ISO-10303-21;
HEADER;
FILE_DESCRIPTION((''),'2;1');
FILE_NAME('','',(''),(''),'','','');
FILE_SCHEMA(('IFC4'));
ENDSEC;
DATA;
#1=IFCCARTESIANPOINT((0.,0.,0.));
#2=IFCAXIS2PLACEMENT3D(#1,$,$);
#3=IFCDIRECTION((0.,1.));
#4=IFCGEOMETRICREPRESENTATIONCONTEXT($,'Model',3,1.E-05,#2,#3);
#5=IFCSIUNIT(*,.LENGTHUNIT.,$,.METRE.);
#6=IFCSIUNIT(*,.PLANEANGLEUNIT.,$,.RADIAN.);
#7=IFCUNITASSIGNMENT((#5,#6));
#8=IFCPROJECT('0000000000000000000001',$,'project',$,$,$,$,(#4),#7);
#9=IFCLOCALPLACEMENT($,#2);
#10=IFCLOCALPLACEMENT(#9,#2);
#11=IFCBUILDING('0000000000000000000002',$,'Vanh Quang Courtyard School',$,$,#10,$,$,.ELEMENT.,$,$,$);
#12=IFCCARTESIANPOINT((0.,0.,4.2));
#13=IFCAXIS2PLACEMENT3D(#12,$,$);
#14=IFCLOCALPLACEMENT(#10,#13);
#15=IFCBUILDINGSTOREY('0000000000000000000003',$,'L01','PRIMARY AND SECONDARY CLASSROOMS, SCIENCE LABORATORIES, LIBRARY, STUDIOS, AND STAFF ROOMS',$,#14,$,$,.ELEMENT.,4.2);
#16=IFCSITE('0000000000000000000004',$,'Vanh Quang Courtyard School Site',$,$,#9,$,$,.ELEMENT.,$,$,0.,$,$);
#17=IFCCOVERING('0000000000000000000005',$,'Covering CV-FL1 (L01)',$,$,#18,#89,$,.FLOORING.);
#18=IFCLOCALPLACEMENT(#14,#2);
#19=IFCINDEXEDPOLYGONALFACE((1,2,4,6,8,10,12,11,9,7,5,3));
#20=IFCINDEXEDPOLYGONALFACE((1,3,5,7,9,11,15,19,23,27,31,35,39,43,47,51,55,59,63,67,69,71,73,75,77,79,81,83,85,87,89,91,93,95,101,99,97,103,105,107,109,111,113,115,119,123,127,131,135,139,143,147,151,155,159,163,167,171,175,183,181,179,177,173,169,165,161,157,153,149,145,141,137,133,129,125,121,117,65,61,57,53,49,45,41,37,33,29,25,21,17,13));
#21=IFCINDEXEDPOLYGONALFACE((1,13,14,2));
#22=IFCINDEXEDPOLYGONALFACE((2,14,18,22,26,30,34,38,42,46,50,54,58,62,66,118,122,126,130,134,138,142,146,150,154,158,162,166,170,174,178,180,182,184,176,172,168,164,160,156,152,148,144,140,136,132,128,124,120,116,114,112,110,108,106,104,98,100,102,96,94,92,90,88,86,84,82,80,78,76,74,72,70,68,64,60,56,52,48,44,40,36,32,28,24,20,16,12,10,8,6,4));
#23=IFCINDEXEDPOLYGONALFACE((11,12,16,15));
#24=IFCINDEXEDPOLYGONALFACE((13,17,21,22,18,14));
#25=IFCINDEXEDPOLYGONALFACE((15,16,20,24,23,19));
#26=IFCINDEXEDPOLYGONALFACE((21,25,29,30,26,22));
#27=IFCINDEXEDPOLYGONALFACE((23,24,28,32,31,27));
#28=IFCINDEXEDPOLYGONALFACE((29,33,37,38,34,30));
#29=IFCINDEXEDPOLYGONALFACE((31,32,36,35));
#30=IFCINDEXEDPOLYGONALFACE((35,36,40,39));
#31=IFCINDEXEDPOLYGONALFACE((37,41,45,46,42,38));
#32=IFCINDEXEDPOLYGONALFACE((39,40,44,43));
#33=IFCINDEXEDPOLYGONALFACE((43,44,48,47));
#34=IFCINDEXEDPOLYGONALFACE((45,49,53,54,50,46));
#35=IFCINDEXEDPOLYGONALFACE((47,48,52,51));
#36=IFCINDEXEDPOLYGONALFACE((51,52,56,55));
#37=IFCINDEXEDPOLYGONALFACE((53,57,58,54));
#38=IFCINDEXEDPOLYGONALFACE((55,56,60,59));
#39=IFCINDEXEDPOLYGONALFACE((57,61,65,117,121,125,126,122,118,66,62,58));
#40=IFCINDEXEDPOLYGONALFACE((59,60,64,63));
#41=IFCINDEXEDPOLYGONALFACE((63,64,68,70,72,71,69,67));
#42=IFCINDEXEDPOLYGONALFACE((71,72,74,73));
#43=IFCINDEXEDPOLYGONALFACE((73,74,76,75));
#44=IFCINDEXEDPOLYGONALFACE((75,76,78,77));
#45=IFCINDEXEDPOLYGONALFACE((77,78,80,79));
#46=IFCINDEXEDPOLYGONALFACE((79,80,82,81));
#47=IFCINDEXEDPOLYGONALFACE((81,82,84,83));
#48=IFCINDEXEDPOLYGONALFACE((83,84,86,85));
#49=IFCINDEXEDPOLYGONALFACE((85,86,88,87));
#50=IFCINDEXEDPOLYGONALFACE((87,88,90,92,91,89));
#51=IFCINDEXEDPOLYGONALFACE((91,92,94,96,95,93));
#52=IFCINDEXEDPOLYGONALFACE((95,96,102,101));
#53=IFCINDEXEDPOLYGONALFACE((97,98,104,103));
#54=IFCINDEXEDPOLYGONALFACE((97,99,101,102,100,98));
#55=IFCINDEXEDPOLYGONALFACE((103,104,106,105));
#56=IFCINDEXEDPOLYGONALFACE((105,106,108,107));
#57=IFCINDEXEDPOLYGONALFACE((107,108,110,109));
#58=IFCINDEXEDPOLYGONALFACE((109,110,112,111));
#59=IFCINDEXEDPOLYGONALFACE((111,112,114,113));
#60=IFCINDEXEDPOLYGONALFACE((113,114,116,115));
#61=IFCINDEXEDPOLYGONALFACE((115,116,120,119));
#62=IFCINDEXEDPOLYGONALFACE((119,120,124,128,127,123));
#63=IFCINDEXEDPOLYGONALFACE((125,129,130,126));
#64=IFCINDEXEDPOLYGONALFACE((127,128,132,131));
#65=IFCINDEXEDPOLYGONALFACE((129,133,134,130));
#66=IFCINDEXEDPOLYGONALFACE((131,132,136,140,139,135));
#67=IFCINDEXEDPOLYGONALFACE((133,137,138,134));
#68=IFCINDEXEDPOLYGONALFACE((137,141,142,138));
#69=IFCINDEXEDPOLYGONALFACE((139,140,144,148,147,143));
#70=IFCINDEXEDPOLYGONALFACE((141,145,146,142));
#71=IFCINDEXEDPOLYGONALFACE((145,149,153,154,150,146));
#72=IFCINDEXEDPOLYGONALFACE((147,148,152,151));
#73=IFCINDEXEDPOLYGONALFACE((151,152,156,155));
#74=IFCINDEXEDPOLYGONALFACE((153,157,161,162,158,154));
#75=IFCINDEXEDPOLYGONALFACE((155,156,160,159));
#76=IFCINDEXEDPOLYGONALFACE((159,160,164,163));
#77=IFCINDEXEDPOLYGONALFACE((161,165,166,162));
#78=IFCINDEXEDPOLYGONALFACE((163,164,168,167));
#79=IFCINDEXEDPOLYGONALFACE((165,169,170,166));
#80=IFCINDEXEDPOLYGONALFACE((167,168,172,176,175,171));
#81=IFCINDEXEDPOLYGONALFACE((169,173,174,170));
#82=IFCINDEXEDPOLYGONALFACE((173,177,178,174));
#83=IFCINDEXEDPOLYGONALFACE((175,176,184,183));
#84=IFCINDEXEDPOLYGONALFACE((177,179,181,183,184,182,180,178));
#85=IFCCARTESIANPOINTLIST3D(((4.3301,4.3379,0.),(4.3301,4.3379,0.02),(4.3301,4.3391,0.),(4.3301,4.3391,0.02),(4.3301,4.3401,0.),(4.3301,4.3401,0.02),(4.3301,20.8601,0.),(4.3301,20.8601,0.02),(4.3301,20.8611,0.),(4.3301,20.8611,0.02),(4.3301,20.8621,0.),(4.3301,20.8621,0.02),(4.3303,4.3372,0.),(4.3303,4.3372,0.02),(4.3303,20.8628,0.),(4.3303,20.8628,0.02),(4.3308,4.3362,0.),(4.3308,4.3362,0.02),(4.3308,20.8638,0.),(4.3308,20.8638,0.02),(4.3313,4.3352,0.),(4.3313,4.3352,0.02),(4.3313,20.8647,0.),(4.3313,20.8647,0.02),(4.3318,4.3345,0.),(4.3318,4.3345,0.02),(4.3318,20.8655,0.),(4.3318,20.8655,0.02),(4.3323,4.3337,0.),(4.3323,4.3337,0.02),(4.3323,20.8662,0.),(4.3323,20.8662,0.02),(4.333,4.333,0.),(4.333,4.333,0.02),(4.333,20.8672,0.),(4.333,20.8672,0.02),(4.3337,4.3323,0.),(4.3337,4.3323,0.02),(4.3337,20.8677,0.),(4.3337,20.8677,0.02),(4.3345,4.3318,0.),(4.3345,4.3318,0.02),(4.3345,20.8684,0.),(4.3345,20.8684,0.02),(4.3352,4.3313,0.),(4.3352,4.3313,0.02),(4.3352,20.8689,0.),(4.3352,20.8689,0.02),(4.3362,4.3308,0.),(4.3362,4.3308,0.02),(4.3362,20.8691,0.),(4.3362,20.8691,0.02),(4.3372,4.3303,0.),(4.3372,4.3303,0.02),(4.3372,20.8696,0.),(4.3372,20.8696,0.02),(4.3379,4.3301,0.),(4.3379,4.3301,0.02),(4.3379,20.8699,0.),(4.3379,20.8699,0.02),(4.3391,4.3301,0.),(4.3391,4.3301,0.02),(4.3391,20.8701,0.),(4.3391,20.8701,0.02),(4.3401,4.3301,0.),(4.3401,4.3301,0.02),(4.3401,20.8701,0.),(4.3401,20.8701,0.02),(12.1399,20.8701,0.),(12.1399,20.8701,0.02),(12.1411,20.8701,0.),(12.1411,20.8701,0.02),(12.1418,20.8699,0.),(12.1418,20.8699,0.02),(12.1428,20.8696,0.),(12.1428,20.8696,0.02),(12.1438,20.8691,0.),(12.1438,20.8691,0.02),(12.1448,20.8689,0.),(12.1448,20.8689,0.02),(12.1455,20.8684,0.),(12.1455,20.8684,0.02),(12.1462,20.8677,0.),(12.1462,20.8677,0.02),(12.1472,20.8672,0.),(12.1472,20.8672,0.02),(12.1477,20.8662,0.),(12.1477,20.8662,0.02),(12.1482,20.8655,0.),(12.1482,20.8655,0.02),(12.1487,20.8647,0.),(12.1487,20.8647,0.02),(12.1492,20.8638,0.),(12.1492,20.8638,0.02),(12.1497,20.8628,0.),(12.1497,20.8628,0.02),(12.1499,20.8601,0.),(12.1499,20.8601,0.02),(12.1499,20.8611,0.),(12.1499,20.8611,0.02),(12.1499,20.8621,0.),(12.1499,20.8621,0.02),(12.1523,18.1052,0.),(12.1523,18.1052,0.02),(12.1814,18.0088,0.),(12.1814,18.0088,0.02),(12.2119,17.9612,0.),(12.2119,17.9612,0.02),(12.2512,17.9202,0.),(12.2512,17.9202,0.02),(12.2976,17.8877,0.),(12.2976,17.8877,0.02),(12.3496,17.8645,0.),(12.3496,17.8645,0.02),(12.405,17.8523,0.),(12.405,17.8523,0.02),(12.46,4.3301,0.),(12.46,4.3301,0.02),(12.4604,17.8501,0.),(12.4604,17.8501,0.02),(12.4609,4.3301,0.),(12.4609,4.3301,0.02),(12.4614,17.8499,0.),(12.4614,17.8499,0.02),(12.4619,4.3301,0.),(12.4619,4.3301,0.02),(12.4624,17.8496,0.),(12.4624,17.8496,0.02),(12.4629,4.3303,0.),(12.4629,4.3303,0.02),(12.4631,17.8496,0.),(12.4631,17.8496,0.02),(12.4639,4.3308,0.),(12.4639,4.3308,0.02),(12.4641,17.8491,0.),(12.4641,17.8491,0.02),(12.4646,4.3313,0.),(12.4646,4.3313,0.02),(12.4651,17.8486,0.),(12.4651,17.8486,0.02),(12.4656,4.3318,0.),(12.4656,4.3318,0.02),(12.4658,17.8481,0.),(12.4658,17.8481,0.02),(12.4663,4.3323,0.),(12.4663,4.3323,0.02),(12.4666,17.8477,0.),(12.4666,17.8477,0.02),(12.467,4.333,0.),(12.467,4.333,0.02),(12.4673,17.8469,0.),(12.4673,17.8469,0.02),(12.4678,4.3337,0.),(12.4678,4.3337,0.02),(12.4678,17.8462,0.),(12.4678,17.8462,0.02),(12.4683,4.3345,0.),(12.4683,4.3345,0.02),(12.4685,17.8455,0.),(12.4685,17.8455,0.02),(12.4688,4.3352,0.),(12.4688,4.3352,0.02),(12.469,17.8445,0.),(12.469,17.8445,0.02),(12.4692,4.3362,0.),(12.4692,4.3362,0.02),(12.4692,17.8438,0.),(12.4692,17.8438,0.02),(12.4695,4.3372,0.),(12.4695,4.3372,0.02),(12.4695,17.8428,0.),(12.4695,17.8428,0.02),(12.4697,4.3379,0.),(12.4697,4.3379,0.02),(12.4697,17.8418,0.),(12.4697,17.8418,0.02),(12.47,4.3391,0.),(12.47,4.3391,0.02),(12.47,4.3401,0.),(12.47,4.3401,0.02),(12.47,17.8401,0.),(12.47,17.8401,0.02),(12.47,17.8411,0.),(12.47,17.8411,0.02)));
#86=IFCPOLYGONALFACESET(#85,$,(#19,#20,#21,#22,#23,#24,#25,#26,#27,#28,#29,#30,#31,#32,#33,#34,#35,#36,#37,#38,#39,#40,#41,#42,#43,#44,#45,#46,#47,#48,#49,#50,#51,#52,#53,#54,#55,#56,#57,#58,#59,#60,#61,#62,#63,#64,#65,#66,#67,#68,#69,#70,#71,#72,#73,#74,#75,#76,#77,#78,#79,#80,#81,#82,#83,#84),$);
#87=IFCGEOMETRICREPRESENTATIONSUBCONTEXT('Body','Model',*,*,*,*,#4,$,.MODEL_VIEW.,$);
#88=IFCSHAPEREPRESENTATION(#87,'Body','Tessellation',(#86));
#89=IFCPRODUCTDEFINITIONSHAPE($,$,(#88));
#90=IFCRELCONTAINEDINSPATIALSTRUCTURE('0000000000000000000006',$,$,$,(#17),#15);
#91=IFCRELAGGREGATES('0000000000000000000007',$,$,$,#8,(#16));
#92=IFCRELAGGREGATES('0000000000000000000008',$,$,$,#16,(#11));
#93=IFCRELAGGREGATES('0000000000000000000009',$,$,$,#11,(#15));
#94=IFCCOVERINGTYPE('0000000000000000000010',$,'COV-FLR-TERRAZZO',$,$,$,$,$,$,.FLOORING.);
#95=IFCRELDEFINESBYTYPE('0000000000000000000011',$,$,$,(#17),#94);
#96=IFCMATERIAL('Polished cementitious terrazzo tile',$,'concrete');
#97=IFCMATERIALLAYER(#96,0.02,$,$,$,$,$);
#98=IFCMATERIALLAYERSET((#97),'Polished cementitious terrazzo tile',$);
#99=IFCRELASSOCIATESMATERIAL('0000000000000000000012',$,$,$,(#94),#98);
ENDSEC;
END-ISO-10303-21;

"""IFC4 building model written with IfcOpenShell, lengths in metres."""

from ifc_helpers import new_model, si_unit, direction, frame, origin, place, context, subcontext, project, spatial, polyline, outline, extrude, material, layer, layer_set, type_object, element, save


model = new_model("IFC4")

# Units and contexts
model_context = context("Model", 3, precision=1e-05, world=origin(), true_north=direction((0.0, 1.0)))
body_context = subcontext(model_context, "Body", "Model", "MODEL_VIEW")
ifc_project = project(units=[si_unit("LENGTHUNIT", "METRE"), si_unit("PLANEANGLEUNIT", "RADIAN")], contexts=[model_context])

# Site, building, storey
site_placement = place(None, origin())
site = spatial("IfcSite", under=ifc_project, at=site_placement, Name="Vanh Quang Courtyard School Site", CompositionType="ELEMENT", RefElevation=0.0)
building_placement = place(site_placement, origin())
building = spatial("IfcBuilding", under=site, at=building_placement, Name="Vanh Quang Courtyard School", CompositionType="ELEMENT")
storey_placement = place(building_placement, frame((0.0, 0.0, 4.2)))
storey = spatial("IfcBuildingStorey", under=building, at=storey_placement, Name="L01", Description="PRIMARY AND SECONDARY CLASSROOMS, SCIENCE LABORATORIES, LIBRARY, STUDIOS, AND STAFF ROOMS", CompositionType="ELEMENT", Elevation=4.2)

# Covering
ifc_material_1 = material(Name="Polished cementitious terrazzo tile", Category="concrete")
ifc_layer_1 = layer(ifc_material_1, 0.02)
ifc_layer_set_1 = layer_set([ifc_layer_1], Name="Polished cementitious terrazzo tile")
covering_type = type_object("IfcCoveringType", Name="COV-FLR-TERRAZZO", PredefinedType="FLOORING", material=ifc_layer_set_1)
covering_1_placement = place(storey_placement, origin())
element("IfcCovering", 1, at=covering_1_placement, inside=storey, type_object=covering_type, Name="Covering CV-FL1 (L01)", PredefinedType="FLOORING", context=body_context, shape_type="SweptSolid", body=[
    extrude(outline(polyline([(4.3301, 20.8601), (4.3301, 20.8611), (4.3301, 20.8621), (4.3303, 20.8628), (4.3308, 20.8638), (4.3313, 20.8647), (4.3318, 20.8655), (4.3323, 20.8662), (4.333, 20.8672), (4.3337, 20.8677), (4.3345, 20.8684), (4.3352, 20.8689), (4.3362, 20.8691), (4.3372, 20.8696), (4.3379, 20.8699), (4.3391, 20.8701), (4.3401, 20.8701), (12.1399, 20.8701), (12.1411, 20.8701), (12.1418, 20.8699), (12.1428, 20.8696), (12.1438, 20.8691), (12.1448, 20.8689), (12.1455, 20.8684), (12.1462, 20.8677), (12.1472, 20.8672), (12.1477, 20.8662), (12.1482, 20.8655), (12.1487, 20.8647), (12.1492, 20.8638), (12.1497, 20.8628), (12.1499, 20.8621), (12.1499, 20.8611), (12.1499, 20.8601), (12.1523, 18.1052), (12.1814, 18.0088), (12.2119, 17.9612), (12.2512, 17.9202), (12.2976, 17.8877), (12.3496, 17.8645), (12.405, 17.8523), (12.4604, 17.8501), (12.4614, 17.8499), (12.4624, 17.8496), (12.4631, 17.8496), (12.4641, 17.8491), (12.4651, 17.8486), (12.4658, 17.8481), (12.4666, 17.8477), (12.4673, 17.8469), (12.4678, 17.8462), (12.4685, 17.8455), (12.469, 17.8445), (12.4692, 17.8438), (12.4695, 17.8428), (12.4697, 17.8418), (12.47, 17.8411), (12.47, 17.8401), (12.47, 4.3401), (12.47, 4.3391), (12.4697, 4.3379), (12.4695, 4.3372), (12.4692, 4.3362), (12.4688, 4.3352), (12.4683, 4.3345), (12.4678, 4.3337), (12.467, 4.333), (12.4663, 4.3323), (12.4656, 4.3318), (12.4646, 4.3313), (12.4639, 4.3308), (12.4629, 4.3303), (12.4619, 4.3301), (12.4609, 4.3301), (12.46, 4.3301), (4.3401, 4.3301), (4.3391, 4.3301), (4.3379, 4.3301), (4.3372, 4.3303), (4.3362, 4.3308), (4.3352, 4.3313), (4.3345, 4.3318), (4.3337, 4.3323), (4.333, 4.333), (4.3323, 4.3337), (4.3318, 4.3345), (4.3313, 4.3352), (4.3308, 4.3362), (4.3303, 4.3372), (4.3301, 4.3379), (4.3301, 4.3391), (4.3301, 4.3401), (4.3301, 20.8601)])), origin(), (0.0, 0.0, 1.0), 0.02),
])

save(model, "model.ifc")
